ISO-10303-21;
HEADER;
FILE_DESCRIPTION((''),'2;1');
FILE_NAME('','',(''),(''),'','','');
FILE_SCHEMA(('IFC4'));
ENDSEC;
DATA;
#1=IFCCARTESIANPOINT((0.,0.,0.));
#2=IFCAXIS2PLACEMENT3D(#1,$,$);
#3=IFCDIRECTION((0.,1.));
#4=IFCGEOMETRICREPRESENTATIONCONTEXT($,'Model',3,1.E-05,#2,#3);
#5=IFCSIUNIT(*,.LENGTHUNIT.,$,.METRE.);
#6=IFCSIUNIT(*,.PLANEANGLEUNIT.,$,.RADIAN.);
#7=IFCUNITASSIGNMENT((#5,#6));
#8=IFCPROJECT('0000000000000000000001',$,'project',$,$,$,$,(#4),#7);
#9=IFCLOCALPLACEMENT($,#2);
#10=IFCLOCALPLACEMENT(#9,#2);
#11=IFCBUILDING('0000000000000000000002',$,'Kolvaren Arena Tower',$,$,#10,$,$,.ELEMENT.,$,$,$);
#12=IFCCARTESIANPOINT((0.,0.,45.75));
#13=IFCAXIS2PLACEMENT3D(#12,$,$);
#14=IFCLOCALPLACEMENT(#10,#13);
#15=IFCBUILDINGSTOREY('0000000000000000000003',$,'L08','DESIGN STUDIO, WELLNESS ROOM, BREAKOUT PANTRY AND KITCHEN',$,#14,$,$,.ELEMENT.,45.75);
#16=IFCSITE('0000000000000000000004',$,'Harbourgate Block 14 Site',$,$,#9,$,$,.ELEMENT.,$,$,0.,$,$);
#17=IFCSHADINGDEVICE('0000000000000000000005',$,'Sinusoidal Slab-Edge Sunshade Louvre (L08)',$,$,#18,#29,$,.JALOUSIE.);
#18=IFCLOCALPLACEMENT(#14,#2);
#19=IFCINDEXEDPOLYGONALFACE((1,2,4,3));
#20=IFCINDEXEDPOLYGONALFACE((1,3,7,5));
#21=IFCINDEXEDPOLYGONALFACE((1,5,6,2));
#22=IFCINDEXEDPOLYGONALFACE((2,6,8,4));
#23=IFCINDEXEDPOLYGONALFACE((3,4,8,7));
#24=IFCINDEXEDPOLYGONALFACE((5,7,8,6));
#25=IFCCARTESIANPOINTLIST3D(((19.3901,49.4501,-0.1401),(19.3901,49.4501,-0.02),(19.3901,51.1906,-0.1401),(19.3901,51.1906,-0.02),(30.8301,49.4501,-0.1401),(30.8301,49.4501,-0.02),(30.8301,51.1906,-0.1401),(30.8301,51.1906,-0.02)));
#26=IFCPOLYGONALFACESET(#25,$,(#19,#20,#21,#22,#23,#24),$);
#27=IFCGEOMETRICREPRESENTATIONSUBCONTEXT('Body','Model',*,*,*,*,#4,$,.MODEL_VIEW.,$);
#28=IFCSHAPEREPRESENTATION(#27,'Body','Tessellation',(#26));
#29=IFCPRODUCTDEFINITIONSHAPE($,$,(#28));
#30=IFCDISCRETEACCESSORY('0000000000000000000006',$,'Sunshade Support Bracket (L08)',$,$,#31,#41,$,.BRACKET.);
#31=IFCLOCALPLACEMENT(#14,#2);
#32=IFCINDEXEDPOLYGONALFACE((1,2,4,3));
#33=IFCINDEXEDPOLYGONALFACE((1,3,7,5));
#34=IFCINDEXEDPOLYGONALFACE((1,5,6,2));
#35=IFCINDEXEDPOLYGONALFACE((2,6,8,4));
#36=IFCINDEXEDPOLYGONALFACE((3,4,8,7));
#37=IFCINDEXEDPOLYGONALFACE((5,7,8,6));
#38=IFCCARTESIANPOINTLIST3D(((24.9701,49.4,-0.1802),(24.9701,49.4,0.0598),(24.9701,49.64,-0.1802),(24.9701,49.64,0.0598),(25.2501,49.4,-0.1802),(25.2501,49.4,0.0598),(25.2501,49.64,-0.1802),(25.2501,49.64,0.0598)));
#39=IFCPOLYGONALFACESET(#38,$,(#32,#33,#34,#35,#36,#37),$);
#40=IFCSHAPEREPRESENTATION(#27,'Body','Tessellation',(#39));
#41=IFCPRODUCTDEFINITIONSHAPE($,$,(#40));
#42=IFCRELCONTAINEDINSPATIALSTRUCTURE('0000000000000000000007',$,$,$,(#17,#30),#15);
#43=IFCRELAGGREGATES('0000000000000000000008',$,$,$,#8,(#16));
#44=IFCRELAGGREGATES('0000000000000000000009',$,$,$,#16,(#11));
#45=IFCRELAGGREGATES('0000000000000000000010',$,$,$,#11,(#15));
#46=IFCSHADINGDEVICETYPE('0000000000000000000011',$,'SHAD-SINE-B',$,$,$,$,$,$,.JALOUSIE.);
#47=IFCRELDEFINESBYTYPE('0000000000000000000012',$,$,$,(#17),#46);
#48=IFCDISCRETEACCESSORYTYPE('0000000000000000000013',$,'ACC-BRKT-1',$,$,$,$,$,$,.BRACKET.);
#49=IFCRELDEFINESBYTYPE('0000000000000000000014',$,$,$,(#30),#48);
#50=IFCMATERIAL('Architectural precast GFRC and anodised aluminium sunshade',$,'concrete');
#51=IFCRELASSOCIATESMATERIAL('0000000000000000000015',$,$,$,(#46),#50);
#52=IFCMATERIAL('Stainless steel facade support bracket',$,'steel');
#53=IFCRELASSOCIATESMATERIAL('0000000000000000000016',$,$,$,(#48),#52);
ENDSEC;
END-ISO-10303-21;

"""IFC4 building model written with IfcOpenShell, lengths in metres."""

from ifc_helpers import new_model, si_unit, direction, frame, origin, origin_2d, place, context, subcontext, project, spatial, rectangle, extrude, material, type_object, element, save


model = new_model("IFC4")

# Units and contexts
model_context = context("Model", 3, precision=1e-05, world=origin(), true_north=direction((0.0, 1.0)))
body_context = subcontext(model_context, "Body", "Model", "MODEL_VIEW")
ifc_project = project(units=[si_unit("LENGTHUNIT", "METRE"), si_unit("PLANEANGLEUNIT", "RADIAN")], contexts=[model_context])

# Site, building, storey
site_placement = place(None, origin())
site = spatial("IfcSite", under=ifc_project, at=site_placement, Name="Harbourgate Block 14 Site", CompositionType="ELEMENT", RefElevation=0.0)
building_placement = place(site_placement, origin())
building = spatial("IfcBuilding", under=site, at=building_placement, Name="Kolvaren Arena Tower", CompositionType="ELEMENT")
storey_placement = place(building_placement, frame((0.0, 0.0, 45.75)))
storey = spatial("IfcBuildingStorey", under=building, at=storey_placement, Name="L08", Description="DESIGN STUDIO, WELLNESS ROOM, BREAKOUT PANTRY AND KITCHEN", CompositionType="ELEMENT", Elevation=45.75)

# Shading device
ifc_material_1 = material(Name="Architectural precast GFRC and anodised aluminium sunshade", Category="concrete")
shading_device_type_1 = type_object("IfcShadingDeviceType", Name="SHAD-SINE-B", PredefinedType="JALOUSIE", material=ifc_material_1)
shading_device_1_placement = place(storey_placement, frame((25.1101, 50.3203, -0.1401), z_axis=(0.0, 0.0, 1.0), x_axis=(1.0, 0.0, 0.0)))
element("IfcShadingDevice", 1, at=shading_device_1_placement, inside=storey, type_object=shading_device_type_1, Name="Sinusoidal Slab-Edge Sunshade Louvre (L08)", PredefinedType="JALOUSIE", context=body_context, shape_type="SweptSolid", body=[
    extrude(rectangle(XDim=11.4399, YDim=1.7405, at=origin_2d()), origin(), (0.0, 0.0, 1.0), 0.1201),
])

# Discrete accessory
ifc_material_2 = material(Name="Stainless steel facade support bracket", Category="steel")
discrete_accessory_type = type_object("IfcDiscreteAccessoryType", Name="ACC-BRKT-1", PredefinedType="BRACKET", material=ifc_material_2)
discrete_accessory_placement = place(storey_placement, frame((25.1101, 49.52, -0.1802), z_axis=(0.0, 0.0, 1.0), x_axis=(1.0, 0.0, 0.0)))
element("IfcDiscreteAccessory", 2, at=discrete_accessory_placement, inside=storey, type_object=discrete_accessory_type, Name="Sunshade Support Bracket (L08)", PredefinedType="BRACKET", context=body_context, shape_type="SweptSolid", body=[
    extrude(rectangle(XDim=0.28, YDim=0.24, at=origin_2d()), origin(), (0.0, 0.0, 1.0), 0.24),
])

save(model, "model.ifc")
